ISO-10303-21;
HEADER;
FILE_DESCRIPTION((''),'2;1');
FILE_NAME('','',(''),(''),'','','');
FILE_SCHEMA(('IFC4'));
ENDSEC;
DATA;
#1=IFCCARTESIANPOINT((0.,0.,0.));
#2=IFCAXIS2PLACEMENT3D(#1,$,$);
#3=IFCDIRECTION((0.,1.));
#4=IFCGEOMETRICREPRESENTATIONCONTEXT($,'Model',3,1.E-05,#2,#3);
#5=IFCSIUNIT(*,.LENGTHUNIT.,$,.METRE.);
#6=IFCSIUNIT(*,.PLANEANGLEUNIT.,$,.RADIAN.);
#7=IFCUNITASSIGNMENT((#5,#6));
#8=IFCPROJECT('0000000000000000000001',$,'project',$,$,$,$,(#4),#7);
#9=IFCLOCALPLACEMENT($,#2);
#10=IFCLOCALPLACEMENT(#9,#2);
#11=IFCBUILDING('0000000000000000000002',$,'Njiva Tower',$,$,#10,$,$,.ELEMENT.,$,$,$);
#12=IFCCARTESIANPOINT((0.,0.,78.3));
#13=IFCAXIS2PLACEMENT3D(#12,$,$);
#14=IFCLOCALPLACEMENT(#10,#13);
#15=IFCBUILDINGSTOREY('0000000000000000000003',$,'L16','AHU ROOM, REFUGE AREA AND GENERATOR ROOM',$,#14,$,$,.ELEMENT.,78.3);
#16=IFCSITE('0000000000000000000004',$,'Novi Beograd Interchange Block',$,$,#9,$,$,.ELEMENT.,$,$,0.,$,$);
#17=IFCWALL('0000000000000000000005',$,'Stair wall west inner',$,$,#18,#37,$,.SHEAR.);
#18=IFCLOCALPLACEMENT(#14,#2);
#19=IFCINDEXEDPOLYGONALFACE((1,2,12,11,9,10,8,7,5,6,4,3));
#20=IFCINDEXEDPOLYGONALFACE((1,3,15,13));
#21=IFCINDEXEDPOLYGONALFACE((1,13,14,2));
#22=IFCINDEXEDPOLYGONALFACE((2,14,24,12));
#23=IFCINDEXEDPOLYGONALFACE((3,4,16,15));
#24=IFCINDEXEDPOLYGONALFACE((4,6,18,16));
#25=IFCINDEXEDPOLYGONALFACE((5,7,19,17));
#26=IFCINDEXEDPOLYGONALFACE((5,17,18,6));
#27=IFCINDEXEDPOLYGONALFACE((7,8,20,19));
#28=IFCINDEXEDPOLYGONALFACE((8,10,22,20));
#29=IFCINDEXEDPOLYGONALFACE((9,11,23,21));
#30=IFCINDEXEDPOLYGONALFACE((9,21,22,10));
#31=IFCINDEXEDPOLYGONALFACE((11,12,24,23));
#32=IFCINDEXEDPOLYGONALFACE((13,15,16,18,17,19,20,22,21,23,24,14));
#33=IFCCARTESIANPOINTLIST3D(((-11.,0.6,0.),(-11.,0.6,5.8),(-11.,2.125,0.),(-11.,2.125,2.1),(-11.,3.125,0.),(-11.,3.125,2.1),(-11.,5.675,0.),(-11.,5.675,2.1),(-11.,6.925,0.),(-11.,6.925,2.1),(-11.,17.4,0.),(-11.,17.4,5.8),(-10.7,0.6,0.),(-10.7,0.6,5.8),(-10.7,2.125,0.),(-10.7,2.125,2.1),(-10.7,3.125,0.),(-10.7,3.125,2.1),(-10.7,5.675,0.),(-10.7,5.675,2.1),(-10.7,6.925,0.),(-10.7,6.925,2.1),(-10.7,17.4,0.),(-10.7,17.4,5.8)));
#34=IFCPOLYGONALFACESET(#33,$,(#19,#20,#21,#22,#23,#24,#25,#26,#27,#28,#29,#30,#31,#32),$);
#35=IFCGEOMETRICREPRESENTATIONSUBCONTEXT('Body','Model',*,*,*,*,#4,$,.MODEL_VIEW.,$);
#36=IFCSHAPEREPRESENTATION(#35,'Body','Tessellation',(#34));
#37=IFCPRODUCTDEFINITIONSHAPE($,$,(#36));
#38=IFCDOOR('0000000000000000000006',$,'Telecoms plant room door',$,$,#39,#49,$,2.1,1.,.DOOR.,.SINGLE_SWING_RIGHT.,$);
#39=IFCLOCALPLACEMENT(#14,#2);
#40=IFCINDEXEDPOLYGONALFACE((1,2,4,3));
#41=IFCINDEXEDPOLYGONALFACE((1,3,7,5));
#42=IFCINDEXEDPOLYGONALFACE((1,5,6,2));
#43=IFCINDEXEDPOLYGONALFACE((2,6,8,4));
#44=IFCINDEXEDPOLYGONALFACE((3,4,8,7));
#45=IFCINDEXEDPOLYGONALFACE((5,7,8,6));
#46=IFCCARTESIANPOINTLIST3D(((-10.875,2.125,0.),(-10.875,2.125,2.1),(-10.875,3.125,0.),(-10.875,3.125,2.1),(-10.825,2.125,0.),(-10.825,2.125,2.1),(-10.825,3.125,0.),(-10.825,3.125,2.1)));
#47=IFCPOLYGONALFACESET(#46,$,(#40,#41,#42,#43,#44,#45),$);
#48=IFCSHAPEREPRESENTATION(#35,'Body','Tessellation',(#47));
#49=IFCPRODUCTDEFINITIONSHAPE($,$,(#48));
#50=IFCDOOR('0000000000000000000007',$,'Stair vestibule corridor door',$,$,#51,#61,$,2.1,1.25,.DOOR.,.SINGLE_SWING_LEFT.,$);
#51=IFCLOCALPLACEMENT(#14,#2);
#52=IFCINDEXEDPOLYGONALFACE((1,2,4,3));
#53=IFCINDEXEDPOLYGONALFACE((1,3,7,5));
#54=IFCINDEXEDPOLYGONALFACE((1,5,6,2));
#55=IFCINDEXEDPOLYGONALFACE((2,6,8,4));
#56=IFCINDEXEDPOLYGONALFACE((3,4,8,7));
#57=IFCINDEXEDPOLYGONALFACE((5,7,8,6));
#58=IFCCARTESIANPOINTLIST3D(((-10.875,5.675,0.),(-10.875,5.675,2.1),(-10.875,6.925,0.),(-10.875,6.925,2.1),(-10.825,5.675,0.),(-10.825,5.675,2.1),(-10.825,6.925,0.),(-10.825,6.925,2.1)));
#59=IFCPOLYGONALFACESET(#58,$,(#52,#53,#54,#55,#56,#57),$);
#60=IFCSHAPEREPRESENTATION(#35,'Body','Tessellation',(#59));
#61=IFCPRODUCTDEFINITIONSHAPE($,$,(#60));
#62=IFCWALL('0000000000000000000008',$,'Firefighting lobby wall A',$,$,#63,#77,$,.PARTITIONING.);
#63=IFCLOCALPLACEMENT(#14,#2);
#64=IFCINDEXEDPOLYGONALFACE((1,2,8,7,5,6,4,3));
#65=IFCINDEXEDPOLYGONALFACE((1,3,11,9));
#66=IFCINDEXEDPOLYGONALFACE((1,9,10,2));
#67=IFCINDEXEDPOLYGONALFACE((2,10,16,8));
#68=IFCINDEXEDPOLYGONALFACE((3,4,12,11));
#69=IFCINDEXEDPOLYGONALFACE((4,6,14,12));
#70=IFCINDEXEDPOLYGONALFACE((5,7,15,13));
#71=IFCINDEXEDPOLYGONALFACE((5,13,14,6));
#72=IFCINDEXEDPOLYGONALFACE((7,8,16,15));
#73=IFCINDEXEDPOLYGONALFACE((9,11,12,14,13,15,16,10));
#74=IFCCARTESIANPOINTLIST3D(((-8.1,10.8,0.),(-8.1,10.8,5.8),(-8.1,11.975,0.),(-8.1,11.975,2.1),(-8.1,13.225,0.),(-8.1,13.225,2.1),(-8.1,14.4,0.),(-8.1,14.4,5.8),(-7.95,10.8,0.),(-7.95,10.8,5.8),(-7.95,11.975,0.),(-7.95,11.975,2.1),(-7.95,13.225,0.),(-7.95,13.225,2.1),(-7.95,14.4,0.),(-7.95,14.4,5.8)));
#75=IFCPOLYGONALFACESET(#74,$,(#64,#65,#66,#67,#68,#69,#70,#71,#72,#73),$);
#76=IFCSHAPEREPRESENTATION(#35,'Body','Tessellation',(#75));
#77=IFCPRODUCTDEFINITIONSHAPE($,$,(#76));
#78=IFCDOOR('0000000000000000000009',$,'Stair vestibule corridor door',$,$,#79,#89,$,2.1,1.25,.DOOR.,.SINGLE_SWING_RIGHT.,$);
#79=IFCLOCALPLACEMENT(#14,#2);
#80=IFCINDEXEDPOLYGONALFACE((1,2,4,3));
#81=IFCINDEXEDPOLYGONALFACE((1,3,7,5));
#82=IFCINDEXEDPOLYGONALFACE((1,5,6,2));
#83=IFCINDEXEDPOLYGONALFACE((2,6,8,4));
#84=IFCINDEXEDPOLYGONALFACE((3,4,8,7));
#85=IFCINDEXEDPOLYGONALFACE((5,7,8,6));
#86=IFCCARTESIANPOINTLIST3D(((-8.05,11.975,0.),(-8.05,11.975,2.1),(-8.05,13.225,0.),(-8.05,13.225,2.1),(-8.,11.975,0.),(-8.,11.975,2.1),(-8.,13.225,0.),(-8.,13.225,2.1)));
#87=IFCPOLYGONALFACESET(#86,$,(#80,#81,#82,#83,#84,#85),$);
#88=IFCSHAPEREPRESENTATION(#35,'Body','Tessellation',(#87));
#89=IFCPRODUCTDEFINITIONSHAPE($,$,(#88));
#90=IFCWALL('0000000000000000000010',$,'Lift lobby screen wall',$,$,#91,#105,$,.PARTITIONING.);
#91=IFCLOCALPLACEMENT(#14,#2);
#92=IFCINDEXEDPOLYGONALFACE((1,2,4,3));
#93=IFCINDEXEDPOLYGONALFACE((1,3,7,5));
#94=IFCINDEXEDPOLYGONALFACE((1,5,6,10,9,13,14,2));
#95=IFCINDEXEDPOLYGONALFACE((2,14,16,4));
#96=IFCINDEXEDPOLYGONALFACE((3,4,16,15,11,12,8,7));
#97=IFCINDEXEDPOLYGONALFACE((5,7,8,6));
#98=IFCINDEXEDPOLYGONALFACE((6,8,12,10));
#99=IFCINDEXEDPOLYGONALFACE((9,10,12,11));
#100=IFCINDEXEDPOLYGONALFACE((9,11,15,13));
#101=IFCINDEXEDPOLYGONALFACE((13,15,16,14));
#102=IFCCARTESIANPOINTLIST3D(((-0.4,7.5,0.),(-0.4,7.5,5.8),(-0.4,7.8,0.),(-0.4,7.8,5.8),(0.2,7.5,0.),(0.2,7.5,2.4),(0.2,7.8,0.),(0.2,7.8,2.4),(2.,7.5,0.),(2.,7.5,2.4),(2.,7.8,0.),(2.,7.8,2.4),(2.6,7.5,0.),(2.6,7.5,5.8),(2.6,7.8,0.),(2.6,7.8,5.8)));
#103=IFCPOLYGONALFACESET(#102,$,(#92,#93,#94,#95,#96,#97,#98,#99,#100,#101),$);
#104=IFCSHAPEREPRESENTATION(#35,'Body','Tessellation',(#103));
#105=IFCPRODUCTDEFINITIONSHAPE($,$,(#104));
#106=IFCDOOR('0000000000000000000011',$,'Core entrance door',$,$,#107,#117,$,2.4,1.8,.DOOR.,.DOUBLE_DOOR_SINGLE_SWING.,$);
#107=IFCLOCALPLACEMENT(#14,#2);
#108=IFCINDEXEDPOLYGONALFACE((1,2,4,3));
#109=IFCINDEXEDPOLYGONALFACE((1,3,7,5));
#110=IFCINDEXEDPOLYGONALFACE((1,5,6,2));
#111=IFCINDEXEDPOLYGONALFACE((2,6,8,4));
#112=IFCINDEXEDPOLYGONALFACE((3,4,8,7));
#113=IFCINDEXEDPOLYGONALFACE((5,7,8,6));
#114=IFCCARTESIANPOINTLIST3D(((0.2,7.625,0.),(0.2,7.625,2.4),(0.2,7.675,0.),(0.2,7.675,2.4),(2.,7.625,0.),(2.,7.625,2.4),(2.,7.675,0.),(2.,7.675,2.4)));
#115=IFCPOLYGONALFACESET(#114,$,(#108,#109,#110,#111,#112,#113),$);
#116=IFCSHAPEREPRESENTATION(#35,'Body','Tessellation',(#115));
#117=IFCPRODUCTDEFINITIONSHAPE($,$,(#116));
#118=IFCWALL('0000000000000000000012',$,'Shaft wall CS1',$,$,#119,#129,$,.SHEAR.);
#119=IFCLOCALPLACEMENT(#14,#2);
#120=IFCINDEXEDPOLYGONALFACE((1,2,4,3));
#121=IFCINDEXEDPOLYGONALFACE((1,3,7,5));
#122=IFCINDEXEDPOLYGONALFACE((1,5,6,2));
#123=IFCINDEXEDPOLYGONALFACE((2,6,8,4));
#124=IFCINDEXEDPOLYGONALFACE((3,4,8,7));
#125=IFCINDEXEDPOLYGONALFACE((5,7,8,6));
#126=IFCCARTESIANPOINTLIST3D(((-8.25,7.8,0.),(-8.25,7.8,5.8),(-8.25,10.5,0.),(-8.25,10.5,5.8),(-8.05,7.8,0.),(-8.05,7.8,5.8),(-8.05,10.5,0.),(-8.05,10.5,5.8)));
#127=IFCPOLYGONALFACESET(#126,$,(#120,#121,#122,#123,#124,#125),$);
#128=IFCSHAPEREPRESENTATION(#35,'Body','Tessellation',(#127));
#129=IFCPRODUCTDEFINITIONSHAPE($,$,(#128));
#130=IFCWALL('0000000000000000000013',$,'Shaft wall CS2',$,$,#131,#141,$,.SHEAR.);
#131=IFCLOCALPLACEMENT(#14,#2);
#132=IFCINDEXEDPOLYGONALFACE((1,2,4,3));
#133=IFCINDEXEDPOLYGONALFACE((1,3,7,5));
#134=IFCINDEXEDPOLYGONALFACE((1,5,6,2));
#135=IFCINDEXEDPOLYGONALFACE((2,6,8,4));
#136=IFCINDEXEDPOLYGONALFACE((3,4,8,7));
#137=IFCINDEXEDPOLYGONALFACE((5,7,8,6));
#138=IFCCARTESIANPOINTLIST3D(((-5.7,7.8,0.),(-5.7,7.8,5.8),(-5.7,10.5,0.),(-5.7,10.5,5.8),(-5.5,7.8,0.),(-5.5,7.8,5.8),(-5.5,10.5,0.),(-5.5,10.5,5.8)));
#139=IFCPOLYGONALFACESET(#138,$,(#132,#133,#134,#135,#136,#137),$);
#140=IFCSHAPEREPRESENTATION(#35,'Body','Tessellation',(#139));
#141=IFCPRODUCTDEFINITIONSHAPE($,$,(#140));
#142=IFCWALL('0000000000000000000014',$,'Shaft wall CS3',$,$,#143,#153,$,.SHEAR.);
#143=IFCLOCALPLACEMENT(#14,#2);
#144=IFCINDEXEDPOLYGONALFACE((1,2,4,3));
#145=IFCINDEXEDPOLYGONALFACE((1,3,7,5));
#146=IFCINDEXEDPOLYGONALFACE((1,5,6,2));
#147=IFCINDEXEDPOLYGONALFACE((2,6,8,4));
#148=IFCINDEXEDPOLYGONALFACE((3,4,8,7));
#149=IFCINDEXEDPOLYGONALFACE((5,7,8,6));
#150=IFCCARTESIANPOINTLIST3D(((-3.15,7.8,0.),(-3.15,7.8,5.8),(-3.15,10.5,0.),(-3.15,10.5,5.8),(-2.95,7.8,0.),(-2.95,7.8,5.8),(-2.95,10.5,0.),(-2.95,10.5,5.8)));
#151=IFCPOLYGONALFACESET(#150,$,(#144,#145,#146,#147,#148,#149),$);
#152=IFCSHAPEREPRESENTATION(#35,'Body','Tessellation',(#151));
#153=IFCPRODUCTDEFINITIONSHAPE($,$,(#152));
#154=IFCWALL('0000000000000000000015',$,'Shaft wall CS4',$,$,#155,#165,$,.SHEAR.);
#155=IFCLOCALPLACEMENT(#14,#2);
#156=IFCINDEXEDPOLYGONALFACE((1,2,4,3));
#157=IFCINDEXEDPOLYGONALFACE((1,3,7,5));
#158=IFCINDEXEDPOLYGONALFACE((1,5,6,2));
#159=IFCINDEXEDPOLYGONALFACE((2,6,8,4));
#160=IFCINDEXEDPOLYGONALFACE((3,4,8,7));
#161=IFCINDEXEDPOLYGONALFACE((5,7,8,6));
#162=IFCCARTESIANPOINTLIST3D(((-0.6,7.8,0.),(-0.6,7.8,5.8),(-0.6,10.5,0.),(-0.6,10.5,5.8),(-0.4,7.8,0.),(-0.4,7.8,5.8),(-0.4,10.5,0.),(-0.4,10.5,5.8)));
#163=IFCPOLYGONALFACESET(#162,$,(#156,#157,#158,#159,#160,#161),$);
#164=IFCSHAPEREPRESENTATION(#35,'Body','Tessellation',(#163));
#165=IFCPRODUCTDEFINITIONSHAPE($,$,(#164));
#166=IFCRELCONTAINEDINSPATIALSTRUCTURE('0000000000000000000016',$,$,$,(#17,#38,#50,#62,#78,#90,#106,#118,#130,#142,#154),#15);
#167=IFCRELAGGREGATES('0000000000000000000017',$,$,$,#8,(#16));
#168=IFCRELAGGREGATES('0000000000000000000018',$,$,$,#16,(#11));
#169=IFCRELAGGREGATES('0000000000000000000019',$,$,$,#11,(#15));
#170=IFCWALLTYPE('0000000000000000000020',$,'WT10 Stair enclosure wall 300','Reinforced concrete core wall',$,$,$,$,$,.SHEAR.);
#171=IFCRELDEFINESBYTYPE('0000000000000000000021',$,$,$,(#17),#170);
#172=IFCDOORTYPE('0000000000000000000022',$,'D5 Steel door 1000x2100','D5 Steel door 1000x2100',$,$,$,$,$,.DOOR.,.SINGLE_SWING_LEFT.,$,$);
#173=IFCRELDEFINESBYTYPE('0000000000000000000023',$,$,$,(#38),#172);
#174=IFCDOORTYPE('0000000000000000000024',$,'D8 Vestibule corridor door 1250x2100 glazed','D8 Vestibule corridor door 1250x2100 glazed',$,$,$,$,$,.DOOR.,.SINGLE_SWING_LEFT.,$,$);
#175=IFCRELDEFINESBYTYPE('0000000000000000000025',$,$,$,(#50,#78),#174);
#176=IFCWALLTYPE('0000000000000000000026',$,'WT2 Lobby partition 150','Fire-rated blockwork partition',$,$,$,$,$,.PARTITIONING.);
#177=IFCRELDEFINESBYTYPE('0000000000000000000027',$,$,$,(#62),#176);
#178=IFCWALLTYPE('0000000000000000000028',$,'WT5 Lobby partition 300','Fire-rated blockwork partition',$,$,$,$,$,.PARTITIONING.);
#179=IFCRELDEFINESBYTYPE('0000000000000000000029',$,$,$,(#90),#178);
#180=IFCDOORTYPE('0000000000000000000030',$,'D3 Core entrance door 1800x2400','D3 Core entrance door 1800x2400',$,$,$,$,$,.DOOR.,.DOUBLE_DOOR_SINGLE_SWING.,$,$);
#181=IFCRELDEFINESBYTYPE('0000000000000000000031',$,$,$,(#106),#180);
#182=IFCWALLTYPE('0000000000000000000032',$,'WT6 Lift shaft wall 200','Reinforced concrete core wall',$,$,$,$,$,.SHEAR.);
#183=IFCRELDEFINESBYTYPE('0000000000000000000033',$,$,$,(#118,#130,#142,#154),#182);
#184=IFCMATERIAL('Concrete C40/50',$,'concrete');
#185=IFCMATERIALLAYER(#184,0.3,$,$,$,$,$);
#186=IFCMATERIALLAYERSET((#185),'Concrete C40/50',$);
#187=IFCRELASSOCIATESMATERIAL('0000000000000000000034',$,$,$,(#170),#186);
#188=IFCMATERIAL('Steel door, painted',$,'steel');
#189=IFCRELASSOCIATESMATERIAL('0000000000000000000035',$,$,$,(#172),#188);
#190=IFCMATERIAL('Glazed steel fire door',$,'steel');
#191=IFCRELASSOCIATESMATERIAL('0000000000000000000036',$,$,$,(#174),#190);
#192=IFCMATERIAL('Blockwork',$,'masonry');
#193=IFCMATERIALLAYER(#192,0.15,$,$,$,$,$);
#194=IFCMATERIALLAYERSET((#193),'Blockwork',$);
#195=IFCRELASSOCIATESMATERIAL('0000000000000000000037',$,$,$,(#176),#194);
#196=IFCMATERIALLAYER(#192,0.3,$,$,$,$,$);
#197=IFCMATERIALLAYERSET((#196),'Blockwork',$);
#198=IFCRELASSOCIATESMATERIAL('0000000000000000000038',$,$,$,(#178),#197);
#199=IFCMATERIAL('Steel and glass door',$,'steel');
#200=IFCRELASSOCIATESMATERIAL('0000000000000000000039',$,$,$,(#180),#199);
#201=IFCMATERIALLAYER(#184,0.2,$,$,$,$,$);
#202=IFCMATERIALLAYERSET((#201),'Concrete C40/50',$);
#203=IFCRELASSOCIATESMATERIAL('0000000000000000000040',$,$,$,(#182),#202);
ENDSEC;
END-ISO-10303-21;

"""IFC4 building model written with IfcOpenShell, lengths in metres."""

from ifc_helpers import new_model, si_unit, direction, frame, frame_2d, origin, place, context, subcontext, project, spatial, rectangle, extrude, material, layer, layer_set, type_object, element, fill, save


model = new_model("IFC4")

# Units and contexts
model_context = context("Model", 3, precision=1e-05, world=origin(), true_north=direction((0.0, 1.0)))
body_context = subcontext(model_context, "Body", "Model", "MODEL_VIEW")
ifc_project = project(units=[si_unit("LENGTHUNIT", "METRE"), si_unit("PLANEANGLEUNIT", "RADIAN")], contexts=[model_context])

# Site, building, storey
site_placement = place(None, origin())
site = spatial("IfcSite", under=ifc_project, at=site_placement, Name="Novi Beograd Interchange Block", CompositionType="ELEMENT", RefElevation=0.0)
building_placement = place(site_placement, origin())
building = spatial("IfcBuilding", under=site, at=building_placement, Name="Njiva Tower", CompositionType="ELEMENT")
storey_placement = place(building_placement, frame((0.0, 0.0, 78.3)))
storey = spatial("IfcBuildingStorey", under=building, at=storey_placement, Name="L16", Description="AHU ROOM, REFUGE AREA AND GENERATOR ROOM", CompositionType="ELEMENT", Elevation=78.3)

# Wall, openings, doors
ifc_material_1 = material(Name="Concrete C40/50", Category="concrete")
ifc_layer_1 = layer(ifc_material_1, 0.3)
ifc_layer_set_1 = layer_set([ifc_layer_1], Name="Concrete C40/50")
wall_type_1 = type_object("IfcWallType", Name="WT10 Stair enclosure wall 300", Description="Reinforced concrete core wall", PredefinedType="SHEAR", material=ifc_layer_set_1)
wall_1_placement = place(storey_placement, frame((-10.85, 0.6, 0.0), z_axis=(0.0, 0.0, 1.0), x_axis=(0.0, 1.0, 0.0)))
wall_1 = element("IfcWall", 1, at=wall_1_placement, inside=storey, type_object=wall_type_1, Name="Stair wall west inner", PredefinedType="SHEAR", context=body_context, shape_type="SweptSolid", body=[
    extrude(rectangle(XDim=16.8, YDim=0.3, at=frame_2d((8.4, 0.0))), origin(), (0.0, 0.0, 1.0), 5.8),
])
opening_1_placement = place(wall_1_placement, frame((5.075, 0.0, 0.0)))
opening_1 = element("IfcOpeningElement", 2, at=opening_1_placement, cuts=wall_1, PredefinedType="OPENING", context=body_context, shape_type="SweptSolid", body=[
    extrude(rectangle(XDim=1.25, YDim=2.1, at=frame_2d((0.625, 1.05))), frame((0.0, 0.16, 0.0), z_axis=(0.0, -1.0, 0.0), x_axis=(1.0, 0.0, 0.0)), (0.0, 0.0, 1.0), 0.32),
])
opening_2_placement = place(wall_1_placement, frame((1.525, 0.0, 0.0)))
opening_2 = element("IfcOpeningElement", 3, at=opening_2_placement, cuts=wall_1, PredefinedType="OPENING", context=body_context, shape_type="SweptSolid", body=[
    extrude(rectangle(XDim=1.0, YDim=2.1, at=frame_2d((0.5, 1.05))), frame((0.0, 0.16, 0.0), z_axis=(0.0, -1.0, 0.0), x_axis=(1.0, 0.0, 0.0)), (0.0, 0.0, 1.0), 0.32),
])
ifc_material_2 = material(Name="Steel door, painted", Category="steel")
door_type_1 = type_object("IfcDoorType", Name="D5 Steel door 1000x2100", Description="D5 Steel door 1000x2100", OperationType="SINGLE_SWING_LEFT", PredefinedType="DOOR", material=ifc_material_2)
door_1_placement = place(opening_2_placement, origin())
door_1 = element("IfcDoor", 4, at=door_1_placement, inside=storey, type_object=door_type_1, Name="Telecoms plant room door", OperationType="SINGLE_SWING_RIGHT", OverallHeight=2.1, OverallWidth=1.0, PredefinedType="DOOR", context=body_context, shape_type="SweptSolid", body=[
    extrude(rectangle(XDim=1.0, YDim=2.1, at=frame_2d((0.5, 1.05))), frame((0.0, 0.025, 0.0), z_axis=(0.0, -1.0, 0.0), x_axis=(1.0, 0.0, 0.0)), (0.0, 0.0, 1.0), 0.05),
])
fill(opening_2, door_1)
ifc_material_3 = material(Name="Glazed steel fire door", Category="steel")
door_type_2 = type_object("IfcDoorType", Name="D8 Vestibule corridor door 1250x2100 glazed", Description="D8 Vestibule corridor door 1250x2100 glazed", OperationType="SINGLE_SWING_LEFT", PredefinedType="DOOR", material=ifc_material_3)
door_2_placement = place(opening_1_placement, origin())
door_2 = element("IfcDoor", 5, at=door_2_placement, inside=storey, type_object=door_type_2, Name="Stair vestibule corridor door", OperationType="SINGLE_SWING_LEFT", OverallHeight=2.1, OverallWidth=1.25, PredefinedType="DOOR", context=body_context, shape_type="SweptSolid", body=[
    extrude(rectangle(XDim=1.25, YDim=2.1, at=frame_2d((0.625, 1.05))), frame((0.0, 0.025, 0.0), z_axis=(0.0, -1.0, 0.0), x_axis=(1.0, 0.0, 0.0)), (0.0, 0.0, 1.0), 0.05),
])
fill(opening_1, door_2)

# Walls, openings, doors
ifc_material_4 = material(Name="Blockwork", Category="masonry")
ifc_layer_2 = layer(ifc_material_4, 0.15)
ifc_layer_set_2 = layer_set([ifc_layer_2], Name="Blockwork")
wall_type_2 = type_object("IfcWallType", Name="WT2 Lobby partition 150", Description="Fire-rated blockwork partition", PredefinedType="PARTITIONING", material=ifc_layer_set_2)
wall_2_placement = place(storey_placement, frame((-8.025, 10.8, 0.0), z_axis=(0.0, 0.0, 1.0), x_axis=(0.0, 1.0, 0.0)))
wall_2 = element("IfcWall", 6, at=wall_2_placement, inside=storey, type_object=wall_type_2, Name="Firefighting lobby wall A", PredefinedType="PARTITIONING", context=body_context, shape_type="SweptSolid", body=[
    extrude(rectangle(XDim=3.6, YDim=0.15, at=frame_2d((1.8, 0.0))), origin(), (0.0, 0.0, 1.0), 5.8),
])
opening_3_placement = place(wall_2_placement, frame((1.175, 0.0, 0.0)))
opening_3 = element("IfcOpeningElement", 7, at=opening_3_placement, cuts=wall_2, PredefinedType="OPENING", context=body_context, shape_type="SweptSolid", body=[
    extrude(rectangle(XDim=1.25, YDim=2.1, at=frame_2d((0.625, 1.05))), frame((0.0, 0.085, 0.0), z_axis=(0.0, -1.0, 0.0), x_axis=(1.0, 0.0, 0.0)), (0.0, 0.0, 1.0), 0.17),
])
door_3_placement = place(opening_3_placement, origin())
door_3 = element("IfcDoor", 8, at=door_3_placement, inside=storey, type_object=door_type_2, Name="Stair vestibule corridor door", OperationType="SINGLE_SWING_RIGHT", OverallHeight=2.1, OverallWidth=1.25, PredefinedType="DOOR", context=body_context, shape_type="SweptSolid", body=[
    extrude(rectangle(XDim=1.25, YDim=2.1, at=frame_2d((0.625, 1.05))), frame((0.0, 0.025, 0.0), z_axis=(0.0, -1.0, 0.0), x_axis=(1.0, 0.0, 0.0)), (0.0, 0.0, 1.0), 0.05),
])
fill(opening_3, door_3)
ifc_layer_3 = layer(ifc_material_4, 0.3)
ifc_layer_set_3 = layer_set([ifc_layer_3], Name="Blockwork")
wall_type_3 = type_object("IfcWallType", Name="WT5 Lobby partition 300", Description="Fire-rated blockwork partition", PredefinedType="PARTITIONING", material=ifc_layer_set_3)
wall_3_placement = place(storey_placement, frame((-0.4, 7.65, 0.0), z_axis=(0.0, 0.0, 1.0), x_axis=(1.0, 0.0, 0.0)))
wall_3 = element("IfcWall", 9, at=wall_3_placement, inside=storey, type_object=wall_type_3, Name="Lift lobby screen wall", PredefinedType="PARTITIONING", context=body_context, shape_type="SweptSolid", body=[
    extrude(rectangle(XDim=3.0, YDim=0.3, at=frame_2d((1.5, 0.0))), origin(), (0.0, 0.0, 1.0), 5.8),
])
opening_4_placement = place(wall_3_placement, frame((0.6, 0.0, 0.0)))
opening_4 = element("IfcOpeningElement", 10, at=opening_4_placement, cuts=wall_3, PredefinedType="OPENING", context=body_context, shape_type="SweptSolid", body=[
    extrude(rectangle(XDim=1.8, YDim=2.4, at=frame_2d((0.9, 1.2))), frame((0.0, 0.16, 0.0), z_axis=(0.0, -1.0, 0.0), x_axis=(1.0, 0.0, 0.0)), (0.0, 0.0, 1.0), 0.32),
])
ifc_material_5 = material(Name="Steel and glass door", Category="steel")
door_type_3 = type_object("IfcDoorType", Name="D3 Core entrance door 1800x2400", Description="D3 Core entrance door 1800x2400", OperationType="DOUBLE_DOOR_SINGLE_SWING", PredefinedType="DOOR", material=ifc_material_5)
door_4_placement = place(opening_4_placement, origin())
door_4 = element("IfcDoor", 11, at=door_4_placement, inside=storey, type_object=door_type_3, Name="Core entrance door", OperationType="DOUBLE_DOOR_SINGLE_SWING", OverallHeight=2.4, OverallWidth=1.8, PredefinedType="DOOR", context=body_context, shape_type="SweptSolid", body=[
    extrude(rectangle(XDim=1.8, YDim=2.4, at=frame_2d((0.9, 1.2))), frame((0.0, 0.025, 0.0), z_axis=(0.0, -1.0, 0.0), x_axis=(1.0, 0.0, 0.0)), (0.0, 0.0, 1.0), 0.05),
])
fill(opening_4, door_4)

# Walls
ifc_layer_4 = layer(ifc_material_1, 0.2)
ifc_layer_set_4 = layer_set([ifc_layer_4], Name="Concrete C40/50")
wall_type_4 = type_object("IfcWallType", Name="WT6 Lift shaft wall 200", Description="Reinforced concrete core wall", PredefinedType="SHEAR", material=ifc_layer_set_4)
for number, where, z_axis, x_axis, name in (
    (12, (-8.15, 7.8, 0.0), (0.0, 0.0, 1.0), (0.0, 1.0, 0.0), "Shaft wall CS1"),
    (13, (-5.6, 7.8, 0.0), (0.0, 0.0, 1.0), (0.0, 1.0, 0.0), "Shaft wall CS2"),
    (14, (-3.05, 7.8, 0.0), (0.0, 0.0, 1.0), (0.0, 1.0, 0.0), "Shaft wall CS3"),
    (15, (-0.5, 7.8, 0.0), (0.0, 0.0, 1.0), (0.0, 1.0, 0.0), "Shaft wall CS4"),
):
    element("IfcWall", number, at=place(storey_placement, frame(where, z_axis=z_axis, x_axis=x_axis)), inside=storey, type_object=wall_type_4, Name=name, PredefinedType="SHEAR", context=body_context, shape_type="SweptSolid", body=[
        extrude(rectangle(XDim=2.7, YDim=0.2, at=frame_2d((1.35, 0.0))), origin(), (0.0, 0.0, 1.0), 5.8),
    ])

save(model, "model.ifc")
